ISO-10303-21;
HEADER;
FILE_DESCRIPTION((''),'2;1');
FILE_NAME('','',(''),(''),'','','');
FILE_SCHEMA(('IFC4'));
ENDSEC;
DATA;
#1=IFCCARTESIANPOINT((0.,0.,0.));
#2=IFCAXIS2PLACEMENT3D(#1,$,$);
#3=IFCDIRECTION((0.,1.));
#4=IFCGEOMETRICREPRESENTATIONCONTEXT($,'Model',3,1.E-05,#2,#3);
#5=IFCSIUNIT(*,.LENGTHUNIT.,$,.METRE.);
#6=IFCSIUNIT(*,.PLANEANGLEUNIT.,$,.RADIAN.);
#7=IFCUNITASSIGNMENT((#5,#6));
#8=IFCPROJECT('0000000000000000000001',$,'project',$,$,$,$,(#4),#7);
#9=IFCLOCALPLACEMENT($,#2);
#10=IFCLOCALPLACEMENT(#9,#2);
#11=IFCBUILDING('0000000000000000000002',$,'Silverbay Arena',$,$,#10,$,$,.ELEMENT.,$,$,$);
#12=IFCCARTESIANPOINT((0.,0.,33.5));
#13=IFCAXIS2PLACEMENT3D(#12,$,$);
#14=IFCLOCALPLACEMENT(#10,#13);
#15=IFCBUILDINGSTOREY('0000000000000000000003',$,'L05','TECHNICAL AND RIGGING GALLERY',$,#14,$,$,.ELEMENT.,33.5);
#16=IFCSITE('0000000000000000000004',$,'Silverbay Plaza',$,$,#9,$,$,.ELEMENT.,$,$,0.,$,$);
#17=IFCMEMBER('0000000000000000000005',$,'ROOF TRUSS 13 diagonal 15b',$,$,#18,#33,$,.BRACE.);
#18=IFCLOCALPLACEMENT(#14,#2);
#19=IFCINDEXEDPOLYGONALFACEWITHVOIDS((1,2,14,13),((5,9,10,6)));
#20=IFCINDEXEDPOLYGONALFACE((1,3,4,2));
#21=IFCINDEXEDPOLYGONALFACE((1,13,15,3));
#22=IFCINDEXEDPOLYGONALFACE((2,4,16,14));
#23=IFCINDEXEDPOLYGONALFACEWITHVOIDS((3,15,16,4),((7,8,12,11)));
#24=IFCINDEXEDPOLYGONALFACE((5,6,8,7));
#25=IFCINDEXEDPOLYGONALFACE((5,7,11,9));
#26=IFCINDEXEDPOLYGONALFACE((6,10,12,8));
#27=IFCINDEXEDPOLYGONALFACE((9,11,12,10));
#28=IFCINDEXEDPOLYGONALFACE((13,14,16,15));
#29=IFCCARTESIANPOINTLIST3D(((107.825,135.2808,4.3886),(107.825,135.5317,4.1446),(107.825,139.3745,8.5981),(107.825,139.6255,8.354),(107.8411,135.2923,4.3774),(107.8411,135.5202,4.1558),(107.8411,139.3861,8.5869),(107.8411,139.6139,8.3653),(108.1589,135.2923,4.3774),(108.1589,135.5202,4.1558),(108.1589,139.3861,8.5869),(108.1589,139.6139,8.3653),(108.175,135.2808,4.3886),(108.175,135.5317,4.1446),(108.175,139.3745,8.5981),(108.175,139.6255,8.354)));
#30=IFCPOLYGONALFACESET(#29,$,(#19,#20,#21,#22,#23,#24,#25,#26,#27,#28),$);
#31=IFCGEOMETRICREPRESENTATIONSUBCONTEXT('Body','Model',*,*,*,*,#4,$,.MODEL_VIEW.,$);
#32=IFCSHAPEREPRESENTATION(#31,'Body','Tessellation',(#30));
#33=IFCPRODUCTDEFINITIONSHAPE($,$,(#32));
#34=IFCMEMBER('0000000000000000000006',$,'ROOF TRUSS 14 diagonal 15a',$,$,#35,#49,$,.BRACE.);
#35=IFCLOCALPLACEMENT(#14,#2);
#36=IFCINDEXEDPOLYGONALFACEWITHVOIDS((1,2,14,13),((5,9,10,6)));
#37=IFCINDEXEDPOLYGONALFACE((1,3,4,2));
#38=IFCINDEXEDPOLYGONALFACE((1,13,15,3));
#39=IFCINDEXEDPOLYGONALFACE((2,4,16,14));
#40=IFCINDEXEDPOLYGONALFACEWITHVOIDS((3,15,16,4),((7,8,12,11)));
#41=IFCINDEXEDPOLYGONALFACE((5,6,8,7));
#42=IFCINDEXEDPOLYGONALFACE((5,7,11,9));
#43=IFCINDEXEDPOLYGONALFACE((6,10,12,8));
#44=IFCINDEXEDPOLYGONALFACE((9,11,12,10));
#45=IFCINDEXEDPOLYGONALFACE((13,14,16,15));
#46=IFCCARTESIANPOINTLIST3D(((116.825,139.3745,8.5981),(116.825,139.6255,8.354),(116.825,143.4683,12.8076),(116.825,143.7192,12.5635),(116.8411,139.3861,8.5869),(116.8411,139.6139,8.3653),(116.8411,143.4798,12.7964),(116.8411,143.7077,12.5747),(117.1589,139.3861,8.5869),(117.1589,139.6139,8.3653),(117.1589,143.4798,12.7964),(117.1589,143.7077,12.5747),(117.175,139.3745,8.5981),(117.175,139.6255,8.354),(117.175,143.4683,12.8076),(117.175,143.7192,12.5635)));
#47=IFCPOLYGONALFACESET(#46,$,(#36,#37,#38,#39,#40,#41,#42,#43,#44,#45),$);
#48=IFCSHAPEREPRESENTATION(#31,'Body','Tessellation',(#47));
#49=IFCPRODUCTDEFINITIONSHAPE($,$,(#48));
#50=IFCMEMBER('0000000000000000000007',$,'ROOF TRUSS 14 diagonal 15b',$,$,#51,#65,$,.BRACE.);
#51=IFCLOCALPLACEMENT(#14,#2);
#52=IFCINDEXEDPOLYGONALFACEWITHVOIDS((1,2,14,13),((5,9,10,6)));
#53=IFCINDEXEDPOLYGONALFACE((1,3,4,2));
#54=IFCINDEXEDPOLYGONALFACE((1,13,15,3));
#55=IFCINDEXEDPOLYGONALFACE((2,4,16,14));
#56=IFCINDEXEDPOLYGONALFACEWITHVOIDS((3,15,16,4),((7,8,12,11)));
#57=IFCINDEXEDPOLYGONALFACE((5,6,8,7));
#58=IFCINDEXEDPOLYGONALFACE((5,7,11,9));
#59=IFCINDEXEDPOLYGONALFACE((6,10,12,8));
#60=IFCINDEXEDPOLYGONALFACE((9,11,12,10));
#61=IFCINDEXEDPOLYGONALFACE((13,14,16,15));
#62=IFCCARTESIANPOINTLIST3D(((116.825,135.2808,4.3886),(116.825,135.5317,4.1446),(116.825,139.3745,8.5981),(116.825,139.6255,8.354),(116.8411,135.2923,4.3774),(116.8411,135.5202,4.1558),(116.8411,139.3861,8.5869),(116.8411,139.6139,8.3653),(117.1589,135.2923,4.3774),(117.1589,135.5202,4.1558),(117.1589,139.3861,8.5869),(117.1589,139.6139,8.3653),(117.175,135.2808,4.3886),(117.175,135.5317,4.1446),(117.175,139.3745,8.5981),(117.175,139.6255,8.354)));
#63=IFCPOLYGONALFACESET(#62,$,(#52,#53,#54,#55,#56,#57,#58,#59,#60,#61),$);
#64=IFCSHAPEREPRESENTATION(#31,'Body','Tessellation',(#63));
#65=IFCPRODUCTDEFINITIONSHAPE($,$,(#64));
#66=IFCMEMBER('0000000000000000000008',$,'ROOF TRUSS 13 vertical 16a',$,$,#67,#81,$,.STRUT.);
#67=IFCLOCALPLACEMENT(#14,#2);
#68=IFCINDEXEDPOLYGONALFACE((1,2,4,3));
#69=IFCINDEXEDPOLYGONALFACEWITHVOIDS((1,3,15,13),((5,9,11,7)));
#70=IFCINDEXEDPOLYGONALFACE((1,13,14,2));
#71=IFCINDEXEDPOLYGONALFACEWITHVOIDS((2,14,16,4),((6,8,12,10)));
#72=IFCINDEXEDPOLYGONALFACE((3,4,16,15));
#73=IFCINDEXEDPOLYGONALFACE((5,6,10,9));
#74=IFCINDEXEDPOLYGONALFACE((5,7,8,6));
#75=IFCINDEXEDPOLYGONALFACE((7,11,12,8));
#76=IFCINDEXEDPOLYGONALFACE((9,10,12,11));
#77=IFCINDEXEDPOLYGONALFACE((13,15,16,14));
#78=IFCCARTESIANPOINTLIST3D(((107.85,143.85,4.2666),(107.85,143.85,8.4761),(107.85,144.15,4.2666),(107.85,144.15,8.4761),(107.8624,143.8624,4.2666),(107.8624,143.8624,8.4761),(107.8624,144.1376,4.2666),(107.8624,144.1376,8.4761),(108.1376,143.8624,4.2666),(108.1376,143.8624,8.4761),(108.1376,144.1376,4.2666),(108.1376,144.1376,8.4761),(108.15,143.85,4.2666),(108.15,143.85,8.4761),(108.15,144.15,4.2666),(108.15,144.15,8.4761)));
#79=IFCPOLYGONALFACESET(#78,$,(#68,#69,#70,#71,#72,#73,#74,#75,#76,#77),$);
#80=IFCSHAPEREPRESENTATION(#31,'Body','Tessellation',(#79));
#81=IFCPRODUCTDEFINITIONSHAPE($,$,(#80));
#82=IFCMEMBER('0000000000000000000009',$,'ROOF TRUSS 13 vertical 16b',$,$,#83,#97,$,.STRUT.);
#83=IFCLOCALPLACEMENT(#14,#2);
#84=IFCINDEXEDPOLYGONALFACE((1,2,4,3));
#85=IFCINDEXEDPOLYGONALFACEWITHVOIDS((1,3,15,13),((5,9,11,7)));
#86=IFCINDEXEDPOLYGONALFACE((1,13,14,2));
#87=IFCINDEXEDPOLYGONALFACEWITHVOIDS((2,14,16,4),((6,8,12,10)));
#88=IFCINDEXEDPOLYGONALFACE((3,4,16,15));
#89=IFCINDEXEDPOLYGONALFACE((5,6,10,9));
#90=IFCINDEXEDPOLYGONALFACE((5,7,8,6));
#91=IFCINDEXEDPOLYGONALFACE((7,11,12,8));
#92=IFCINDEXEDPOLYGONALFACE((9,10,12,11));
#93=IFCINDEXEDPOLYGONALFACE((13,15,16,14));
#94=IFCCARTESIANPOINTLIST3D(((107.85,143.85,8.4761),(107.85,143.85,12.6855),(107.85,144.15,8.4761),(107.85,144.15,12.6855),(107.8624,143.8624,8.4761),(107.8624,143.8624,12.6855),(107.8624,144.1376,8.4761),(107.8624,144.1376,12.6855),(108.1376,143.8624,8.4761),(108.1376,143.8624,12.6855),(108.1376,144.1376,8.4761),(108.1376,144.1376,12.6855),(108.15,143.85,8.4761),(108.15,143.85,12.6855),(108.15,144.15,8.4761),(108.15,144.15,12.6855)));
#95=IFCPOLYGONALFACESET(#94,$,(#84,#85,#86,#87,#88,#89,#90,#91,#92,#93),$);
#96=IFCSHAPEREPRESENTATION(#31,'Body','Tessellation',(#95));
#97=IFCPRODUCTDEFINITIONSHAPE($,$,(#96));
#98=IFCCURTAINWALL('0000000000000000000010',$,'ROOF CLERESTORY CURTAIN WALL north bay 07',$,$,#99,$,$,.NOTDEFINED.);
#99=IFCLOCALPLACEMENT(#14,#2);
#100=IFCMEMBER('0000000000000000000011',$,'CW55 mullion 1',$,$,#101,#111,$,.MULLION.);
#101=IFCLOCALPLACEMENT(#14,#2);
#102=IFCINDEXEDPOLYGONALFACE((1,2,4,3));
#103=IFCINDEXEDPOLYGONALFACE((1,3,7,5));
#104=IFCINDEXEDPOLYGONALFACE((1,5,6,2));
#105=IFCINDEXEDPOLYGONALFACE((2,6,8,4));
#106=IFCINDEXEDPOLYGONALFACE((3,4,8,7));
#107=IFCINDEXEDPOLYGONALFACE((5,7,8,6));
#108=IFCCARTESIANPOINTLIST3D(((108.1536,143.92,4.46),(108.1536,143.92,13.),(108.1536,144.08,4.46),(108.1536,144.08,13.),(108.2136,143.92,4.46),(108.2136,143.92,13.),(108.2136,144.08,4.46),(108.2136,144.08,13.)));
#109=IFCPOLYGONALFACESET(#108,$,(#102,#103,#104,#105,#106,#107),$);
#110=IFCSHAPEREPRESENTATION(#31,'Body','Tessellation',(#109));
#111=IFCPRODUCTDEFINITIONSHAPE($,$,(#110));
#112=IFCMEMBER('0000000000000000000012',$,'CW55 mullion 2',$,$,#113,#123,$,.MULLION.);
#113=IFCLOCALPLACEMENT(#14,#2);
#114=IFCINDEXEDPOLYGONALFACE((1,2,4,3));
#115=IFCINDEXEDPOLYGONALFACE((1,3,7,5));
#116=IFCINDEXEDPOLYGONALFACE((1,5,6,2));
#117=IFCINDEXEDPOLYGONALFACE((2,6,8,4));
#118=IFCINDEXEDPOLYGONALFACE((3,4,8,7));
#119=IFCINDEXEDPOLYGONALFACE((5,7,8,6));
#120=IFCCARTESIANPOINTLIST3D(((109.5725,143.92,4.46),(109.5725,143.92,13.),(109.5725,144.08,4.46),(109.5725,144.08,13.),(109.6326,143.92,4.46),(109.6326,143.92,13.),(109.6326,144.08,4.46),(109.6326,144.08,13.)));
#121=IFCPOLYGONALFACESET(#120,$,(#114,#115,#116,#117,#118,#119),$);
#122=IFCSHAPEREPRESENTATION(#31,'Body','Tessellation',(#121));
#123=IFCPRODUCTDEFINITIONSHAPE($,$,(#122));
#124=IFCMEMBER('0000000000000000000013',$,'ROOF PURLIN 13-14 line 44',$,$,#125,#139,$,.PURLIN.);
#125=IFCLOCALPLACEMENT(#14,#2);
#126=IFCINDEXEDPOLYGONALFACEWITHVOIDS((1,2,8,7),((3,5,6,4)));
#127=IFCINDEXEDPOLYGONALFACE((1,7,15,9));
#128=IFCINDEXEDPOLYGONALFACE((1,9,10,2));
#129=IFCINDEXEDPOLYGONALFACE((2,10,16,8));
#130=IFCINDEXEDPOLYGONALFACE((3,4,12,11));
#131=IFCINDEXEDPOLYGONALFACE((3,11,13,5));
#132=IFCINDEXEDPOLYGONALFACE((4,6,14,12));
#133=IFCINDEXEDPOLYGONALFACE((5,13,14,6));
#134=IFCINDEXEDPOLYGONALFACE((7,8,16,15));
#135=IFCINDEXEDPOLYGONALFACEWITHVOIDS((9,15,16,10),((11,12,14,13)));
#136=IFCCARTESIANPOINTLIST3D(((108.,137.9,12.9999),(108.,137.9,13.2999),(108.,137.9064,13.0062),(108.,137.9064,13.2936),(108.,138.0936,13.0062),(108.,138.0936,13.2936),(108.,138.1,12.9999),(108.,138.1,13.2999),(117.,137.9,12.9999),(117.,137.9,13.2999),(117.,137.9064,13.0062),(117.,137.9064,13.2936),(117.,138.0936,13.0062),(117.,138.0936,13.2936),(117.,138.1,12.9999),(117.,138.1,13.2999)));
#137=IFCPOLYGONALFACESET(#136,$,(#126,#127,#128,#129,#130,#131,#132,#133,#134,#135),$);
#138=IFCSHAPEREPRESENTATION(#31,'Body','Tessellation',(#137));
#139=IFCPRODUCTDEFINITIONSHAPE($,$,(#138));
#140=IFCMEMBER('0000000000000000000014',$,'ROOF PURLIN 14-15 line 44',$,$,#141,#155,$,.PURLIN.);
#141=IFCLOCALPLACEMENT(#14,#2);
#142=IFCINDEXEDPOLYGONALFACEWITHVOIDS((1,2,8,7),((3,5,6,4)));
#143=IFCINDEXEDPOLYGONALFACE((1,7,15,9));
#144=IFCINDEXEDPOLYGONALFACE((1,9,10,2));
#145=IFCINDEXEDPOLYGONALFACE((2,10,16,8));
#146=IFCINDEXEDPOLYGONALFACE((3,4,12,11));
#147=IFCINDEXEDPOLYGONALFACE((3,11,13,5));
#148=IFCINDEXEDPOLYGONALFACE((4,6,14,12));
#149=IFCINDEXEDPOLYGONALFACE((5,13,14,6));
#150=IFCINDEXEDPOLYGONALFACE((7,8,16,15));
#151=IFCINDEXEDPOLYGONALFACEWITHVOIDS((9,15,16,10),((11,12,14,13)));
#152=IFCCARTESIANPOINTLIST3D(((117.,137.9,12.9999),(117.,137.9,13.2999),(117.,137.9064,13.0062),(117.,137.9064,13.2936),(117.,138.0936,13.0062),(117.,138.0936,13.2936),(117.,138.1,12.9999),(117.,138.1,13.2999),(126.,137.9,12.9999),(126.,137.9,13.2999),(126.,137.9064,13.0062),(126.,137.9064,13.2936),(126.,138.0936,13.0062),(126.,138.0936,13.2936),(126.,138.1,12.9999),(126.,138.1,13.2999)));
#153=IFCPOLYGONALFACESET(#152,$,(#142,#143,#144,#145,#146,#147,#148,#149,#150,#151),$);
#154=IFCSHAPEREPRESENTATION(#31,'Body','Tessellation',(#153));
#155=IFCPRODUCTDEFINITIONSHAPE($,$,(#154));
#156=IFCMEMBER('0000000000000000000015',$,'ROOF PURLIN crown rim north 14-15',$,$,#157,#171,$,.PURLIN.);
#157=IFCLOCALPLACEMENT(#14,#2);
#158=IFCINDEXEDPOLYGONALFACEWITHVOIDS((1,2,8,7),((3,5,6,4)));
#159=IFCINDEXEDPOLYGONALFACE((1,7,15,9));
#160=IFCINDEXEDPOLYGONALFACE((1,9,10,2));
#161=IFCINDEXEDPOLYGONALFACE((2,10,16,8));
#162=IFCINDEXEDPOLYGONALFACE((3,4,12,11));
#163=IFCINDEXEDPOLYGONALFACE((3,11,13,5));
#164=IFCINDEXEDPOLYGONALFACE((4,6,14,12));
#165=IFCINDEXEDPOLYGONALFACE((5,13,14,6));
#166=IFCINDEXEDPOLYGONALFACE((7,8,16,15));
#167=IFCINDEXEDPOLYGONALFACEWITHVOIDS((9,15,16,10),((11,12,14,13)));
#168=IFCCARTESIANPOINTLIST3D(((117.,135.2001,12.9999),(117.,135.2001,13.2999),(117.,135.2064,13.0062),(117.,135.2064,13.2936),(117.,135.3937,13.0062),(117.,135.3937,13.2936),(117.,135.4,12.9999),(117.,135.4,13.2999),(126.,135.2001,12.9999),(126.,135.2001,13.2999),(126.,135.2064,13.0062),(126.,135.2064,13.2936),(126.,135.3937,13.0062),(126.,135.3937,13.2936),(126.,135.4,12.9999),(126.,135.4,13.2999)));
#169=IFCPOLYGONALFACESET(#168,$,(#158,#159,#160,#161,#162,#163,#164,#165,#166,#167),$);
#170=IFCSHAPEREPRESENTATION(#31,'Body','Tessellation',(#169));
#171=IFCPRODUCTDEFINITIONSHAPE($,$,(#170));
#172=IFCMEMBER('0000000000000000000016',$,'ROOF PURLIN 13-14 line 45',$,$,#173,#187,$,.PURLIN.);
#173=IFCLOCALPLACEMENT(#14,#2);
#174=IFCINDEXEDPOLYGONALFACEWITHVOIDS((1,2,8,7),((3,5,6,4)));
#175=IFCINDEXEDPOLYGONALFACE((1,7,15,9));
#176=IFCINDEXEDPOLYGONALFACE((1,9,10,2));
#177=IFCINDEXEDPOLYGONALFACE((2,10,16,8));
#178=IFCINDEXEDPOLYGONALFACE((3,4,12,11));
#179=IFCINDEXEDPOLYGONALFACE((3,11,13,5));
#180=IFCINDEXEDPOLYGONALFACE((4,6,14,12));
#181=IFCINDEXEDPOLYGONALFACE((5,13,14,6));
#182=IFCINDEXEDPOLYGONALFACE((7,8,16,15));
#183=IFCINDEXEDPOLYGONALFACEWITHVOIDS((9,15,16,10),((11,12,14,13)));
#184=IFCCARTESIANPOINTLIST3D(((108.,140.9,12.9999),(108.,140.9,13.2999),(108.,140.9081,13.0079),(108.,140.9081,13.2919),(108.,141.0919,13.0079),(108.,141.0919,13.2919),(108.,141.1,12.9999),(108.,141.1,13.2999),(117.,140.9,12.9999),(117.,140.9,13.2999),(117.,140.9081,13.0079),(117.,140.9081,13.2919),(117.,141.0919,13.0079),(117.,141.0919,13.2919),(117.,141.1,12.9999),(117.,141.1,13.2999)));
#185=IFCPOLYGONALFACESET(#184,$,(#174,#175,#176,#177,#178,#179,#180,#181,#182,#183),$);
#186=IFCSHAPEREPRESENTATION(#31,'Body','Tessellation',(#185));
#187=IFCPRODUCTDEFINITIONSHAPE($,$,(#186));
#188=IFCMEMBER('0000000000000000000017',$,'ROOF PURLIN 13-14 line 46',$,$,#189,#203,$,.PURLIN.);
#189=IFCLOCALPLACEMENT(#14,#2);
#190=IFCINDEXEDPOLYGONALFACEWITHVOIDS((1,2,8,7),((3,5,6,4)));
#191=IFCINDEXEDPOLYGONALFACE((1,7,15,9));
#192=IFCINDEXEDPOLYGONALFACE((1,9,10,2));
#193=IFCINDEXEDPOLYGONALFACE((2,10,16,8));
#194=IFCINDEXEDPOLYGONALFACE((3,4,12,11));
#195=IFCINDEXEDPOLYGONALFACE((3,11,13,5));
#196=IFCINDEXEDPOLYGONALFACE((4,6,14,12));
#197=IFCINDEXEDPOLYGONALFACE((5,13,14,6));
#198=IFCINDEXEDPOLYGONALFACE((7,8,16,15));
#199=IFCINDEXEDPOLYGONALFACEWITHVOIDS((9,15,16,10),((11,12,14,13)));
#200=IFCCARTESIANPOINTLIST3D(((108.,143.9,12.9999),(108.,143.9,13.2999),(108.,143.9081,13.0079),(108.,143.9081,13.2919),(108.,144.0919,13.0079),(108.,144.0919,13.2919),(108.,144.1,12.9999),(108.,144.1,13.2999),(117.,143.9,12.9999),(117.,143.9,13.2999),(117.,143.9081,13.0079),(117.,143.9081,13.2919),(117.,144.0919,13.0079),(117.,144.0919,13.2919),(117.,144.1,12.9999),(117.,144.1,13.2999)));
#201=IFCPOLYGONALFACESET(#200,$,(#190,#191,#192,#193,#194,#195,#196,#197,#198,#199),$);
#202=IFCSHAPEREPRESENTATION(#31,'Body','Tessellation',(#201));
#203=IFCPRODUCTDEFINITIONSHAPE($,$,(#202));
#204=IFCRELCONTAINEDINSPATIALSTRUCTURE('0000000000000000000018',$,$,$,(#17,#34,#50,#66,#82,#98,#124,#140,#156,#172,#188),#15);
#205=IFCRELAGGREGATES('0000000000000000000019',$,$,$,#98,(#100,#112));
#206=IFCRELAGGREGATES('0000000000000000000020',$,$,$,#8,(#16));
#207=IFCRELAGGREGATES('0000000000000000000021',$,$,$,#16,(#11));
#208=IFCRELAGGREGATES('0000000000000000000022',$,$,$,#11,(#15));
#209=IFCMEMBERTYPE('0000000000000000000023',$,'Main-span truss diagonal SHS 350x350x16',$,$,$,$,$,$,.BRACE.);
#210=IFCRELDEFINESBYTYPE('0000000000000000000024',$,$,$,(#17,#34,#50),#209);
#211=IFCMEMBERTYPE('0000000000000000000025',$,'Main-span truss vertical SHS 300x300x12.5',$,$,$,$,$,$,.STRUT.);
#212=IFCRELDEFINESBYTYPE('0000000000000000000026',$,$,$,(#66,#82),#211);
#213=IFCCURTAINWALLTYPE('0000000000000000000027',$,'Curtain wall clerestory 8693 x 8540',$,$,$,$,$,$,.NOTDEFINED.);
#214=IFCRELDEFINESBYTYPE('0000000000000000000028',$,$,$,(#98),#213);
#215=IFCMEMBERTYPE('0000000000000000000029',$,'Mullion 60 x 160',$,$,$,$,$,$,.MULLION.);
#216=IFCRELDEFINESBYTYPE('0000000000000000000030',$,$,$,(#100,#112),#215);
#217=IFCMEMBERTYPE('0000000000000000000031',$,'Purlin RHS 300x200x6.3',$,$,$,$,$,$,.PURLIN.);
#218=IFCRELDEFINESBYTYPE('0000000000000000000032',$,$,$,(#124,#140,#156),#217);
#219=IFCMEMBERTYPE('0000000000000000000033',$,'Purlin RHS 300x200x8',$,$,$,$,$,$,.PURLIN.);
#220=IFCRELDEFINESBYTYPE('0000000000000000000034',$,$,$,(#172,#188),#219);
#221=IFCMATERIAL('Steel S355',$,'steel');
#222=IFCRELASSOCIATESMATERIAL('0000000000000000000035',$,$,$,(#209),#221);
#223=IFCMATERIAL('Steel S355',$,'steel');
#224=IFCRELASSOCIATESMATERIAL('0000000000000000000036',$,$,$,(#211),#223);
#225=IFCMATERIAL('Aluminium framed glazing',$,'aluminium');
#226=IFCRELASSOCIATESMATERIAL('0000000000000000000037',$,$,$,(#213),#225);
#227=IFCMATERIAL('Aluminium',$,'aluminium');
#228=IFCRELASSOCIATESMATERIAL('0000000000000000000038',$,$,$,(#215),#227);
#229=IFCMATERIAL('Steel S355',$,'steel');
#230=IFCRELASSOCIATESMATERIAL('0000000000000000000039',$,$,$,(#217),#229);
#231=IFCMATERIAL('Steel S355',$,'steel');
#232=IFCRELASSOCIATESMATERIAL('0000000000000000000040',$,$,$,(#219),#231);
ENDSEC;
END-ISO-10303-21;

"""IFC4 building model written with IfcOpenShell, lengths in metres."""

from ifc_helpers import new_model, si_unit, direction, frame, origin, origin_2d, place, context, subcontext, project, spatial, rectangle, hollow_rectangle, extrude, material, material_profile, profile_set, type_object, element, aggregate, save


model = new_model("IFC4")

# Units and contexts
model_context = context("Model", 3, precision=1e-05, world=origin(), true_north=direction((0.0, 1.0)))
body_context = subcontext(model_context, "Body", "Model", "MODEL_VIEW")
ifc_project = project(units=[si_unit("LENGTHUNIT", "METRE"), si_unit("PLANEANGLEUNIT", "RADIAN")], contexts=[model_context])

# Site, building, storey
site_placement = place(None, origin())
site = spatial("IfcSite", under=ifc_project, at=site_placement, Name="Silverbay Plaza", CompositionType="ELEMENT", RefElevation=0.0)
building_placement = place(site_placement, origin())
building = spatial("IfcBuilding", under=site, at=building_placement, Name="Silverbay Arena", CompositionType="ELEMENT")
storey_placement = place(building_placement, frame((0.0, 0.0, 33.5)))
storey = spatial("IfcBuildingStorey", under=building, at=storey_placement, Name="L05", Description="TECHNICAL AND RIGGING GALLERY", CompositionType="ELEMENT", Elevation=33.5)

# Members
ifc_material_1 = material(Name="Steel S355", Category="steel")
ifc_material_profile_1 = material_profile(ifc_material_1, hollow_rectangle(XDim=0.3501, YDim=0.3501, WallThickness=0.0161, at=origin_2d()), Name="SHS 350x350x16")
ifc_profile_set_1 = profile_set([ifc_material_profile_1], Name="Steel S355")
member_type_1 = type_object("IfcMemberType", Name="Main-span truss diagonal SHS 350x350x16", PredefinedType="BRACE", material=ifc_profile_set_1)
for number, where, z_axis, x_axis, name in (
    (1, (108.0, 139.5, 8.4761), (0.0, -0.697184, -0.716892), (1.0, 0.0, 0.0), "ROOF TRUSS 13 diagonal 15b"),
    (2, (117.0, 143.5938, 12.6855), (0.0, -0.697184, -0.716892), (1.0, 0.0, 0.0), "ROOF TRUSS 14 diagonal 15a"),
    (3, (117.0, 139.5, 8.4761), (0.0, -0.697184, -0.716892), (1.0, 0.0, 0.0), "ROOF TRUSS 14 diagonal 15b"),
):
    element("IfcMember", number, at=place(storey_placement, frame(where, z_axis=z_axis, x_axis=x_axis)), inside=storey, type_object=member_type_1, Name=name, PredefinedType="BRACE", context=body_context, shape_type="SweptSolid", body=[
        extrude(hollow_rectangle(XDim=0.3501, YDim=0.3501, WallThickness=0.0161, at=origin_2d()), origin(), (0.0, 0.0, 1.0), 5.8718),
    ])
ifc_material_2 = material(Name="Steel S355", Category="steel")
ifc_material_profile_2 = material_profile(ifc_material_2, hollow_rectangle(XDim=0.3, YDim=0.3, WallThickness=0.0125, at=origin_2d()), Name="SHS 300x300x12.5")
ifc_profile_set_2 = profile_set([ifc_material_profile_2], Name="Steel S355")
member_type_2 = type_object("IfcMemberType", Name="Main-span truss vertical SHS 300x300x12.5", PredefinedType="STRUT", material=ifc_profile_set_2)
for number, where, z_axis, x_axis, name in (
    (4, (108.0, 144.0, 4.2666), (0.0, 0.0, 1.0), (1.0, 0.0, 0.0), "ROOF TRUSS 13 vertical 16a"),
    (5, (108.0, 144.0, 8.4761), (0.0, 0.0, 1.0), (1.0, 0.0, 0.0), "ROOF TRUSS 13 vertical 16b"),
):
    element("IfcMember", number, at=place(storey_placement, frame(where, z_axis=z_axis, x_axis=x_axis)), inside=storey, type_object=member_type_2, Name=name, PredefinedType="STRUT", context=body_context, shape_type="SweptSolid", body=[
        extrude(hollow_rectangle(XDim=0.3, YDim=0.3, WallThickness=0.0125, at=origin_2d()), origin(), (0.0, 0.0, 1.0), 4.2095),
    ])

# Curtain wall, members
ifc_material_3 = material(Name="Aluminium framed glazing", Category="aluminium")
curtain_wall_type = type_object("IfcCurtainWallType", Name="Curtain wall clerestory 8693 x 8540", PredefinedType="NOTDEFINED", material=ifc_material_3)
curtain_wall_placement = place(storey_placement, origin())
curtain_wall = element("IfcCurtainWall", 6, at=curtain_wall_placement, inside=storey, type_object=curtain_wall_type, Name="ROOF CLERESTORY CURTAIN WALL north bay 07", PredefinedType="NOTDEFINED")
ifc_material_4 = material(Name="Aluminium", Category="aluminium")
ifc_material_profile_3 = material_profile(ifc_material_4, rectangle(XDim=0.1599, YDim=0.0601, at=origin_2d()), Name="Mullion 60 x 160")
ifc_profile_set_3 = profile_set([ifc_material_profile_3], Name="Aluminium")
member_type_3 = type_object("IfcMemberType", Name="Mullion 60 x 160", PredefinedType="MULLION", material=ifc_profile_set_3)
member_1_placement = place(storey_placement, frame((108.1836, 144.0, 4.46), z_axis=(0.0, 0.0, 1.0), x_axis=(0.0, 1.0, 0.0)))
member_1 = element("IfcMember", 7, at=member_1_placement, type_object=member_type_3, Name="CW55 mullion 1", PredefinedType="MULLION", context=body_context, shape_type="SweptSolid", body=[
    extrude(rectangle(XDim=0.1599, YDim=0.0601, at=origin_2d()), origin(), (0.0, 0.0, 1.0), 8.54),
])
member_2_placement = place(storey_placement, frame((109.6025, 144.0, 4.46), z_axis=(0.0, 0.0, 1.0), x_axis=(0.0, 1.0, 0.0)))
member_2 = element("IfcMember", 8, at=member_2_placement, type_object=member_type_3, Name="CW55 mullion 2", PredefinedType="MULLION", context=body_context, shape_type="SweptSolid", body=[
    extrude(rectangle(XDim=0.1599, YDim=0.0601, at=origin_2d()), origin(), (0.0, 0.0, 1.0), 8.54),
])

# Members
ifc_material_5 = material(Name="Steel S355", Category="steel")
ifc_material_profile_4 = material_profile(ifc_material_5, hollow_rectangle(XDim=0.2, YDim=0.3, WallThickness=0.0063, at=origin_2d()), Name="RHS 300x200x6.3")
ifc_profile_set_4 = profile_set([ifc_material_profile_4], Name="Steel S355")
member_type_4 = type_object("IfcMemberType", Name="Purlin RHS 300x200x6.3", PredefinedType="PURLIN", material=ifc_profile_set_4)
for number, where, z_axis, x_axis, name in (
    (9, (108.0, 138.0, 13.1499), (1.0, 0.0, 0.0), (0.0, 1.0, 0.0), "ROOF PURLIN 13-14 line 44"),
    (10, (117.0, 138.0, 13.1499), (1.0, 0.0, 0.0), (0.0, 1.0, 0.0), "ROOF PURLIN 14-15 line 44"),
    (11, (117.0, 135.3, 13.1499), (1.0, 0.0, 0.0), (0.0, 1.0, 0.0), "ROOF PURLIN crown rim north 14-15"),
):
    element("IfcMember", number, at=place(storey_placement, frame(where, z_axis=z_axis, x_axis=x_axis)), inside=storey, type_object=member_type_4, Name=name, PredefinedType="PURLIN", context=body_context, shape_type="SweptSolid", body=[
        extrude(hollow_rectangle(XDim=0.2, YDim=0.3, WallThickness=0.0063, at=origin_2d()), origin(), (0.0, 0.0, 1.0), 9.0),
    ])
ifc_material_6 = material(Name="Steel S355", Category="steel")
ifc_material_profile_5 = material_profile(ifc_material_6, hollow_rectangle(XDim=0.2, YDim=0.3, WallThickness=0.0081, at=origin_2d()), Name="RHS 300x200x8")
ifc_profile_set_5 = profile_set([ifc_material_profile_5], Name="Steel S355")
member_type_5 = type_object("IfcMemberType", Name="Purlin RHS 300x200x8", PredefinedType="PURLIN", material=ifc_profile_set_5)
for number, where, z_axis, x_axis, name in (
    (12, (108.0, 141.0, 13.1499), (1.0, 0.0, 0.0), (0.0, 1.0, 0.0), "ROOF PURLIN 13-14 line 45"),
    (13, (108.0, 144.0, 13.1499), (1.0, 0.0, 0.0), (0.0, 1.0, 0.0), "ROOF PURLIN 13-14 line 46"),
):
    element("IfcMember", number, at=place(storey_placement, frame(where, z_axis=z_axis, x_axis=x_axis)), inside=storey, type_object=member_type_5, Name=name, PredefinedType="PURLIN", context=body_context, shape_type="SweptSolid", body=[
        extrude(hollow_rectangle(XDim=0.2, YDim=0.3, WallThickness=0.0081, at=origin_2d()), origin(), (0.0, 0.0, 1.0), 9.0),
    ])

aggregate(curtain_wall, [member_1, member_2])

save(model, "model.ifc")
